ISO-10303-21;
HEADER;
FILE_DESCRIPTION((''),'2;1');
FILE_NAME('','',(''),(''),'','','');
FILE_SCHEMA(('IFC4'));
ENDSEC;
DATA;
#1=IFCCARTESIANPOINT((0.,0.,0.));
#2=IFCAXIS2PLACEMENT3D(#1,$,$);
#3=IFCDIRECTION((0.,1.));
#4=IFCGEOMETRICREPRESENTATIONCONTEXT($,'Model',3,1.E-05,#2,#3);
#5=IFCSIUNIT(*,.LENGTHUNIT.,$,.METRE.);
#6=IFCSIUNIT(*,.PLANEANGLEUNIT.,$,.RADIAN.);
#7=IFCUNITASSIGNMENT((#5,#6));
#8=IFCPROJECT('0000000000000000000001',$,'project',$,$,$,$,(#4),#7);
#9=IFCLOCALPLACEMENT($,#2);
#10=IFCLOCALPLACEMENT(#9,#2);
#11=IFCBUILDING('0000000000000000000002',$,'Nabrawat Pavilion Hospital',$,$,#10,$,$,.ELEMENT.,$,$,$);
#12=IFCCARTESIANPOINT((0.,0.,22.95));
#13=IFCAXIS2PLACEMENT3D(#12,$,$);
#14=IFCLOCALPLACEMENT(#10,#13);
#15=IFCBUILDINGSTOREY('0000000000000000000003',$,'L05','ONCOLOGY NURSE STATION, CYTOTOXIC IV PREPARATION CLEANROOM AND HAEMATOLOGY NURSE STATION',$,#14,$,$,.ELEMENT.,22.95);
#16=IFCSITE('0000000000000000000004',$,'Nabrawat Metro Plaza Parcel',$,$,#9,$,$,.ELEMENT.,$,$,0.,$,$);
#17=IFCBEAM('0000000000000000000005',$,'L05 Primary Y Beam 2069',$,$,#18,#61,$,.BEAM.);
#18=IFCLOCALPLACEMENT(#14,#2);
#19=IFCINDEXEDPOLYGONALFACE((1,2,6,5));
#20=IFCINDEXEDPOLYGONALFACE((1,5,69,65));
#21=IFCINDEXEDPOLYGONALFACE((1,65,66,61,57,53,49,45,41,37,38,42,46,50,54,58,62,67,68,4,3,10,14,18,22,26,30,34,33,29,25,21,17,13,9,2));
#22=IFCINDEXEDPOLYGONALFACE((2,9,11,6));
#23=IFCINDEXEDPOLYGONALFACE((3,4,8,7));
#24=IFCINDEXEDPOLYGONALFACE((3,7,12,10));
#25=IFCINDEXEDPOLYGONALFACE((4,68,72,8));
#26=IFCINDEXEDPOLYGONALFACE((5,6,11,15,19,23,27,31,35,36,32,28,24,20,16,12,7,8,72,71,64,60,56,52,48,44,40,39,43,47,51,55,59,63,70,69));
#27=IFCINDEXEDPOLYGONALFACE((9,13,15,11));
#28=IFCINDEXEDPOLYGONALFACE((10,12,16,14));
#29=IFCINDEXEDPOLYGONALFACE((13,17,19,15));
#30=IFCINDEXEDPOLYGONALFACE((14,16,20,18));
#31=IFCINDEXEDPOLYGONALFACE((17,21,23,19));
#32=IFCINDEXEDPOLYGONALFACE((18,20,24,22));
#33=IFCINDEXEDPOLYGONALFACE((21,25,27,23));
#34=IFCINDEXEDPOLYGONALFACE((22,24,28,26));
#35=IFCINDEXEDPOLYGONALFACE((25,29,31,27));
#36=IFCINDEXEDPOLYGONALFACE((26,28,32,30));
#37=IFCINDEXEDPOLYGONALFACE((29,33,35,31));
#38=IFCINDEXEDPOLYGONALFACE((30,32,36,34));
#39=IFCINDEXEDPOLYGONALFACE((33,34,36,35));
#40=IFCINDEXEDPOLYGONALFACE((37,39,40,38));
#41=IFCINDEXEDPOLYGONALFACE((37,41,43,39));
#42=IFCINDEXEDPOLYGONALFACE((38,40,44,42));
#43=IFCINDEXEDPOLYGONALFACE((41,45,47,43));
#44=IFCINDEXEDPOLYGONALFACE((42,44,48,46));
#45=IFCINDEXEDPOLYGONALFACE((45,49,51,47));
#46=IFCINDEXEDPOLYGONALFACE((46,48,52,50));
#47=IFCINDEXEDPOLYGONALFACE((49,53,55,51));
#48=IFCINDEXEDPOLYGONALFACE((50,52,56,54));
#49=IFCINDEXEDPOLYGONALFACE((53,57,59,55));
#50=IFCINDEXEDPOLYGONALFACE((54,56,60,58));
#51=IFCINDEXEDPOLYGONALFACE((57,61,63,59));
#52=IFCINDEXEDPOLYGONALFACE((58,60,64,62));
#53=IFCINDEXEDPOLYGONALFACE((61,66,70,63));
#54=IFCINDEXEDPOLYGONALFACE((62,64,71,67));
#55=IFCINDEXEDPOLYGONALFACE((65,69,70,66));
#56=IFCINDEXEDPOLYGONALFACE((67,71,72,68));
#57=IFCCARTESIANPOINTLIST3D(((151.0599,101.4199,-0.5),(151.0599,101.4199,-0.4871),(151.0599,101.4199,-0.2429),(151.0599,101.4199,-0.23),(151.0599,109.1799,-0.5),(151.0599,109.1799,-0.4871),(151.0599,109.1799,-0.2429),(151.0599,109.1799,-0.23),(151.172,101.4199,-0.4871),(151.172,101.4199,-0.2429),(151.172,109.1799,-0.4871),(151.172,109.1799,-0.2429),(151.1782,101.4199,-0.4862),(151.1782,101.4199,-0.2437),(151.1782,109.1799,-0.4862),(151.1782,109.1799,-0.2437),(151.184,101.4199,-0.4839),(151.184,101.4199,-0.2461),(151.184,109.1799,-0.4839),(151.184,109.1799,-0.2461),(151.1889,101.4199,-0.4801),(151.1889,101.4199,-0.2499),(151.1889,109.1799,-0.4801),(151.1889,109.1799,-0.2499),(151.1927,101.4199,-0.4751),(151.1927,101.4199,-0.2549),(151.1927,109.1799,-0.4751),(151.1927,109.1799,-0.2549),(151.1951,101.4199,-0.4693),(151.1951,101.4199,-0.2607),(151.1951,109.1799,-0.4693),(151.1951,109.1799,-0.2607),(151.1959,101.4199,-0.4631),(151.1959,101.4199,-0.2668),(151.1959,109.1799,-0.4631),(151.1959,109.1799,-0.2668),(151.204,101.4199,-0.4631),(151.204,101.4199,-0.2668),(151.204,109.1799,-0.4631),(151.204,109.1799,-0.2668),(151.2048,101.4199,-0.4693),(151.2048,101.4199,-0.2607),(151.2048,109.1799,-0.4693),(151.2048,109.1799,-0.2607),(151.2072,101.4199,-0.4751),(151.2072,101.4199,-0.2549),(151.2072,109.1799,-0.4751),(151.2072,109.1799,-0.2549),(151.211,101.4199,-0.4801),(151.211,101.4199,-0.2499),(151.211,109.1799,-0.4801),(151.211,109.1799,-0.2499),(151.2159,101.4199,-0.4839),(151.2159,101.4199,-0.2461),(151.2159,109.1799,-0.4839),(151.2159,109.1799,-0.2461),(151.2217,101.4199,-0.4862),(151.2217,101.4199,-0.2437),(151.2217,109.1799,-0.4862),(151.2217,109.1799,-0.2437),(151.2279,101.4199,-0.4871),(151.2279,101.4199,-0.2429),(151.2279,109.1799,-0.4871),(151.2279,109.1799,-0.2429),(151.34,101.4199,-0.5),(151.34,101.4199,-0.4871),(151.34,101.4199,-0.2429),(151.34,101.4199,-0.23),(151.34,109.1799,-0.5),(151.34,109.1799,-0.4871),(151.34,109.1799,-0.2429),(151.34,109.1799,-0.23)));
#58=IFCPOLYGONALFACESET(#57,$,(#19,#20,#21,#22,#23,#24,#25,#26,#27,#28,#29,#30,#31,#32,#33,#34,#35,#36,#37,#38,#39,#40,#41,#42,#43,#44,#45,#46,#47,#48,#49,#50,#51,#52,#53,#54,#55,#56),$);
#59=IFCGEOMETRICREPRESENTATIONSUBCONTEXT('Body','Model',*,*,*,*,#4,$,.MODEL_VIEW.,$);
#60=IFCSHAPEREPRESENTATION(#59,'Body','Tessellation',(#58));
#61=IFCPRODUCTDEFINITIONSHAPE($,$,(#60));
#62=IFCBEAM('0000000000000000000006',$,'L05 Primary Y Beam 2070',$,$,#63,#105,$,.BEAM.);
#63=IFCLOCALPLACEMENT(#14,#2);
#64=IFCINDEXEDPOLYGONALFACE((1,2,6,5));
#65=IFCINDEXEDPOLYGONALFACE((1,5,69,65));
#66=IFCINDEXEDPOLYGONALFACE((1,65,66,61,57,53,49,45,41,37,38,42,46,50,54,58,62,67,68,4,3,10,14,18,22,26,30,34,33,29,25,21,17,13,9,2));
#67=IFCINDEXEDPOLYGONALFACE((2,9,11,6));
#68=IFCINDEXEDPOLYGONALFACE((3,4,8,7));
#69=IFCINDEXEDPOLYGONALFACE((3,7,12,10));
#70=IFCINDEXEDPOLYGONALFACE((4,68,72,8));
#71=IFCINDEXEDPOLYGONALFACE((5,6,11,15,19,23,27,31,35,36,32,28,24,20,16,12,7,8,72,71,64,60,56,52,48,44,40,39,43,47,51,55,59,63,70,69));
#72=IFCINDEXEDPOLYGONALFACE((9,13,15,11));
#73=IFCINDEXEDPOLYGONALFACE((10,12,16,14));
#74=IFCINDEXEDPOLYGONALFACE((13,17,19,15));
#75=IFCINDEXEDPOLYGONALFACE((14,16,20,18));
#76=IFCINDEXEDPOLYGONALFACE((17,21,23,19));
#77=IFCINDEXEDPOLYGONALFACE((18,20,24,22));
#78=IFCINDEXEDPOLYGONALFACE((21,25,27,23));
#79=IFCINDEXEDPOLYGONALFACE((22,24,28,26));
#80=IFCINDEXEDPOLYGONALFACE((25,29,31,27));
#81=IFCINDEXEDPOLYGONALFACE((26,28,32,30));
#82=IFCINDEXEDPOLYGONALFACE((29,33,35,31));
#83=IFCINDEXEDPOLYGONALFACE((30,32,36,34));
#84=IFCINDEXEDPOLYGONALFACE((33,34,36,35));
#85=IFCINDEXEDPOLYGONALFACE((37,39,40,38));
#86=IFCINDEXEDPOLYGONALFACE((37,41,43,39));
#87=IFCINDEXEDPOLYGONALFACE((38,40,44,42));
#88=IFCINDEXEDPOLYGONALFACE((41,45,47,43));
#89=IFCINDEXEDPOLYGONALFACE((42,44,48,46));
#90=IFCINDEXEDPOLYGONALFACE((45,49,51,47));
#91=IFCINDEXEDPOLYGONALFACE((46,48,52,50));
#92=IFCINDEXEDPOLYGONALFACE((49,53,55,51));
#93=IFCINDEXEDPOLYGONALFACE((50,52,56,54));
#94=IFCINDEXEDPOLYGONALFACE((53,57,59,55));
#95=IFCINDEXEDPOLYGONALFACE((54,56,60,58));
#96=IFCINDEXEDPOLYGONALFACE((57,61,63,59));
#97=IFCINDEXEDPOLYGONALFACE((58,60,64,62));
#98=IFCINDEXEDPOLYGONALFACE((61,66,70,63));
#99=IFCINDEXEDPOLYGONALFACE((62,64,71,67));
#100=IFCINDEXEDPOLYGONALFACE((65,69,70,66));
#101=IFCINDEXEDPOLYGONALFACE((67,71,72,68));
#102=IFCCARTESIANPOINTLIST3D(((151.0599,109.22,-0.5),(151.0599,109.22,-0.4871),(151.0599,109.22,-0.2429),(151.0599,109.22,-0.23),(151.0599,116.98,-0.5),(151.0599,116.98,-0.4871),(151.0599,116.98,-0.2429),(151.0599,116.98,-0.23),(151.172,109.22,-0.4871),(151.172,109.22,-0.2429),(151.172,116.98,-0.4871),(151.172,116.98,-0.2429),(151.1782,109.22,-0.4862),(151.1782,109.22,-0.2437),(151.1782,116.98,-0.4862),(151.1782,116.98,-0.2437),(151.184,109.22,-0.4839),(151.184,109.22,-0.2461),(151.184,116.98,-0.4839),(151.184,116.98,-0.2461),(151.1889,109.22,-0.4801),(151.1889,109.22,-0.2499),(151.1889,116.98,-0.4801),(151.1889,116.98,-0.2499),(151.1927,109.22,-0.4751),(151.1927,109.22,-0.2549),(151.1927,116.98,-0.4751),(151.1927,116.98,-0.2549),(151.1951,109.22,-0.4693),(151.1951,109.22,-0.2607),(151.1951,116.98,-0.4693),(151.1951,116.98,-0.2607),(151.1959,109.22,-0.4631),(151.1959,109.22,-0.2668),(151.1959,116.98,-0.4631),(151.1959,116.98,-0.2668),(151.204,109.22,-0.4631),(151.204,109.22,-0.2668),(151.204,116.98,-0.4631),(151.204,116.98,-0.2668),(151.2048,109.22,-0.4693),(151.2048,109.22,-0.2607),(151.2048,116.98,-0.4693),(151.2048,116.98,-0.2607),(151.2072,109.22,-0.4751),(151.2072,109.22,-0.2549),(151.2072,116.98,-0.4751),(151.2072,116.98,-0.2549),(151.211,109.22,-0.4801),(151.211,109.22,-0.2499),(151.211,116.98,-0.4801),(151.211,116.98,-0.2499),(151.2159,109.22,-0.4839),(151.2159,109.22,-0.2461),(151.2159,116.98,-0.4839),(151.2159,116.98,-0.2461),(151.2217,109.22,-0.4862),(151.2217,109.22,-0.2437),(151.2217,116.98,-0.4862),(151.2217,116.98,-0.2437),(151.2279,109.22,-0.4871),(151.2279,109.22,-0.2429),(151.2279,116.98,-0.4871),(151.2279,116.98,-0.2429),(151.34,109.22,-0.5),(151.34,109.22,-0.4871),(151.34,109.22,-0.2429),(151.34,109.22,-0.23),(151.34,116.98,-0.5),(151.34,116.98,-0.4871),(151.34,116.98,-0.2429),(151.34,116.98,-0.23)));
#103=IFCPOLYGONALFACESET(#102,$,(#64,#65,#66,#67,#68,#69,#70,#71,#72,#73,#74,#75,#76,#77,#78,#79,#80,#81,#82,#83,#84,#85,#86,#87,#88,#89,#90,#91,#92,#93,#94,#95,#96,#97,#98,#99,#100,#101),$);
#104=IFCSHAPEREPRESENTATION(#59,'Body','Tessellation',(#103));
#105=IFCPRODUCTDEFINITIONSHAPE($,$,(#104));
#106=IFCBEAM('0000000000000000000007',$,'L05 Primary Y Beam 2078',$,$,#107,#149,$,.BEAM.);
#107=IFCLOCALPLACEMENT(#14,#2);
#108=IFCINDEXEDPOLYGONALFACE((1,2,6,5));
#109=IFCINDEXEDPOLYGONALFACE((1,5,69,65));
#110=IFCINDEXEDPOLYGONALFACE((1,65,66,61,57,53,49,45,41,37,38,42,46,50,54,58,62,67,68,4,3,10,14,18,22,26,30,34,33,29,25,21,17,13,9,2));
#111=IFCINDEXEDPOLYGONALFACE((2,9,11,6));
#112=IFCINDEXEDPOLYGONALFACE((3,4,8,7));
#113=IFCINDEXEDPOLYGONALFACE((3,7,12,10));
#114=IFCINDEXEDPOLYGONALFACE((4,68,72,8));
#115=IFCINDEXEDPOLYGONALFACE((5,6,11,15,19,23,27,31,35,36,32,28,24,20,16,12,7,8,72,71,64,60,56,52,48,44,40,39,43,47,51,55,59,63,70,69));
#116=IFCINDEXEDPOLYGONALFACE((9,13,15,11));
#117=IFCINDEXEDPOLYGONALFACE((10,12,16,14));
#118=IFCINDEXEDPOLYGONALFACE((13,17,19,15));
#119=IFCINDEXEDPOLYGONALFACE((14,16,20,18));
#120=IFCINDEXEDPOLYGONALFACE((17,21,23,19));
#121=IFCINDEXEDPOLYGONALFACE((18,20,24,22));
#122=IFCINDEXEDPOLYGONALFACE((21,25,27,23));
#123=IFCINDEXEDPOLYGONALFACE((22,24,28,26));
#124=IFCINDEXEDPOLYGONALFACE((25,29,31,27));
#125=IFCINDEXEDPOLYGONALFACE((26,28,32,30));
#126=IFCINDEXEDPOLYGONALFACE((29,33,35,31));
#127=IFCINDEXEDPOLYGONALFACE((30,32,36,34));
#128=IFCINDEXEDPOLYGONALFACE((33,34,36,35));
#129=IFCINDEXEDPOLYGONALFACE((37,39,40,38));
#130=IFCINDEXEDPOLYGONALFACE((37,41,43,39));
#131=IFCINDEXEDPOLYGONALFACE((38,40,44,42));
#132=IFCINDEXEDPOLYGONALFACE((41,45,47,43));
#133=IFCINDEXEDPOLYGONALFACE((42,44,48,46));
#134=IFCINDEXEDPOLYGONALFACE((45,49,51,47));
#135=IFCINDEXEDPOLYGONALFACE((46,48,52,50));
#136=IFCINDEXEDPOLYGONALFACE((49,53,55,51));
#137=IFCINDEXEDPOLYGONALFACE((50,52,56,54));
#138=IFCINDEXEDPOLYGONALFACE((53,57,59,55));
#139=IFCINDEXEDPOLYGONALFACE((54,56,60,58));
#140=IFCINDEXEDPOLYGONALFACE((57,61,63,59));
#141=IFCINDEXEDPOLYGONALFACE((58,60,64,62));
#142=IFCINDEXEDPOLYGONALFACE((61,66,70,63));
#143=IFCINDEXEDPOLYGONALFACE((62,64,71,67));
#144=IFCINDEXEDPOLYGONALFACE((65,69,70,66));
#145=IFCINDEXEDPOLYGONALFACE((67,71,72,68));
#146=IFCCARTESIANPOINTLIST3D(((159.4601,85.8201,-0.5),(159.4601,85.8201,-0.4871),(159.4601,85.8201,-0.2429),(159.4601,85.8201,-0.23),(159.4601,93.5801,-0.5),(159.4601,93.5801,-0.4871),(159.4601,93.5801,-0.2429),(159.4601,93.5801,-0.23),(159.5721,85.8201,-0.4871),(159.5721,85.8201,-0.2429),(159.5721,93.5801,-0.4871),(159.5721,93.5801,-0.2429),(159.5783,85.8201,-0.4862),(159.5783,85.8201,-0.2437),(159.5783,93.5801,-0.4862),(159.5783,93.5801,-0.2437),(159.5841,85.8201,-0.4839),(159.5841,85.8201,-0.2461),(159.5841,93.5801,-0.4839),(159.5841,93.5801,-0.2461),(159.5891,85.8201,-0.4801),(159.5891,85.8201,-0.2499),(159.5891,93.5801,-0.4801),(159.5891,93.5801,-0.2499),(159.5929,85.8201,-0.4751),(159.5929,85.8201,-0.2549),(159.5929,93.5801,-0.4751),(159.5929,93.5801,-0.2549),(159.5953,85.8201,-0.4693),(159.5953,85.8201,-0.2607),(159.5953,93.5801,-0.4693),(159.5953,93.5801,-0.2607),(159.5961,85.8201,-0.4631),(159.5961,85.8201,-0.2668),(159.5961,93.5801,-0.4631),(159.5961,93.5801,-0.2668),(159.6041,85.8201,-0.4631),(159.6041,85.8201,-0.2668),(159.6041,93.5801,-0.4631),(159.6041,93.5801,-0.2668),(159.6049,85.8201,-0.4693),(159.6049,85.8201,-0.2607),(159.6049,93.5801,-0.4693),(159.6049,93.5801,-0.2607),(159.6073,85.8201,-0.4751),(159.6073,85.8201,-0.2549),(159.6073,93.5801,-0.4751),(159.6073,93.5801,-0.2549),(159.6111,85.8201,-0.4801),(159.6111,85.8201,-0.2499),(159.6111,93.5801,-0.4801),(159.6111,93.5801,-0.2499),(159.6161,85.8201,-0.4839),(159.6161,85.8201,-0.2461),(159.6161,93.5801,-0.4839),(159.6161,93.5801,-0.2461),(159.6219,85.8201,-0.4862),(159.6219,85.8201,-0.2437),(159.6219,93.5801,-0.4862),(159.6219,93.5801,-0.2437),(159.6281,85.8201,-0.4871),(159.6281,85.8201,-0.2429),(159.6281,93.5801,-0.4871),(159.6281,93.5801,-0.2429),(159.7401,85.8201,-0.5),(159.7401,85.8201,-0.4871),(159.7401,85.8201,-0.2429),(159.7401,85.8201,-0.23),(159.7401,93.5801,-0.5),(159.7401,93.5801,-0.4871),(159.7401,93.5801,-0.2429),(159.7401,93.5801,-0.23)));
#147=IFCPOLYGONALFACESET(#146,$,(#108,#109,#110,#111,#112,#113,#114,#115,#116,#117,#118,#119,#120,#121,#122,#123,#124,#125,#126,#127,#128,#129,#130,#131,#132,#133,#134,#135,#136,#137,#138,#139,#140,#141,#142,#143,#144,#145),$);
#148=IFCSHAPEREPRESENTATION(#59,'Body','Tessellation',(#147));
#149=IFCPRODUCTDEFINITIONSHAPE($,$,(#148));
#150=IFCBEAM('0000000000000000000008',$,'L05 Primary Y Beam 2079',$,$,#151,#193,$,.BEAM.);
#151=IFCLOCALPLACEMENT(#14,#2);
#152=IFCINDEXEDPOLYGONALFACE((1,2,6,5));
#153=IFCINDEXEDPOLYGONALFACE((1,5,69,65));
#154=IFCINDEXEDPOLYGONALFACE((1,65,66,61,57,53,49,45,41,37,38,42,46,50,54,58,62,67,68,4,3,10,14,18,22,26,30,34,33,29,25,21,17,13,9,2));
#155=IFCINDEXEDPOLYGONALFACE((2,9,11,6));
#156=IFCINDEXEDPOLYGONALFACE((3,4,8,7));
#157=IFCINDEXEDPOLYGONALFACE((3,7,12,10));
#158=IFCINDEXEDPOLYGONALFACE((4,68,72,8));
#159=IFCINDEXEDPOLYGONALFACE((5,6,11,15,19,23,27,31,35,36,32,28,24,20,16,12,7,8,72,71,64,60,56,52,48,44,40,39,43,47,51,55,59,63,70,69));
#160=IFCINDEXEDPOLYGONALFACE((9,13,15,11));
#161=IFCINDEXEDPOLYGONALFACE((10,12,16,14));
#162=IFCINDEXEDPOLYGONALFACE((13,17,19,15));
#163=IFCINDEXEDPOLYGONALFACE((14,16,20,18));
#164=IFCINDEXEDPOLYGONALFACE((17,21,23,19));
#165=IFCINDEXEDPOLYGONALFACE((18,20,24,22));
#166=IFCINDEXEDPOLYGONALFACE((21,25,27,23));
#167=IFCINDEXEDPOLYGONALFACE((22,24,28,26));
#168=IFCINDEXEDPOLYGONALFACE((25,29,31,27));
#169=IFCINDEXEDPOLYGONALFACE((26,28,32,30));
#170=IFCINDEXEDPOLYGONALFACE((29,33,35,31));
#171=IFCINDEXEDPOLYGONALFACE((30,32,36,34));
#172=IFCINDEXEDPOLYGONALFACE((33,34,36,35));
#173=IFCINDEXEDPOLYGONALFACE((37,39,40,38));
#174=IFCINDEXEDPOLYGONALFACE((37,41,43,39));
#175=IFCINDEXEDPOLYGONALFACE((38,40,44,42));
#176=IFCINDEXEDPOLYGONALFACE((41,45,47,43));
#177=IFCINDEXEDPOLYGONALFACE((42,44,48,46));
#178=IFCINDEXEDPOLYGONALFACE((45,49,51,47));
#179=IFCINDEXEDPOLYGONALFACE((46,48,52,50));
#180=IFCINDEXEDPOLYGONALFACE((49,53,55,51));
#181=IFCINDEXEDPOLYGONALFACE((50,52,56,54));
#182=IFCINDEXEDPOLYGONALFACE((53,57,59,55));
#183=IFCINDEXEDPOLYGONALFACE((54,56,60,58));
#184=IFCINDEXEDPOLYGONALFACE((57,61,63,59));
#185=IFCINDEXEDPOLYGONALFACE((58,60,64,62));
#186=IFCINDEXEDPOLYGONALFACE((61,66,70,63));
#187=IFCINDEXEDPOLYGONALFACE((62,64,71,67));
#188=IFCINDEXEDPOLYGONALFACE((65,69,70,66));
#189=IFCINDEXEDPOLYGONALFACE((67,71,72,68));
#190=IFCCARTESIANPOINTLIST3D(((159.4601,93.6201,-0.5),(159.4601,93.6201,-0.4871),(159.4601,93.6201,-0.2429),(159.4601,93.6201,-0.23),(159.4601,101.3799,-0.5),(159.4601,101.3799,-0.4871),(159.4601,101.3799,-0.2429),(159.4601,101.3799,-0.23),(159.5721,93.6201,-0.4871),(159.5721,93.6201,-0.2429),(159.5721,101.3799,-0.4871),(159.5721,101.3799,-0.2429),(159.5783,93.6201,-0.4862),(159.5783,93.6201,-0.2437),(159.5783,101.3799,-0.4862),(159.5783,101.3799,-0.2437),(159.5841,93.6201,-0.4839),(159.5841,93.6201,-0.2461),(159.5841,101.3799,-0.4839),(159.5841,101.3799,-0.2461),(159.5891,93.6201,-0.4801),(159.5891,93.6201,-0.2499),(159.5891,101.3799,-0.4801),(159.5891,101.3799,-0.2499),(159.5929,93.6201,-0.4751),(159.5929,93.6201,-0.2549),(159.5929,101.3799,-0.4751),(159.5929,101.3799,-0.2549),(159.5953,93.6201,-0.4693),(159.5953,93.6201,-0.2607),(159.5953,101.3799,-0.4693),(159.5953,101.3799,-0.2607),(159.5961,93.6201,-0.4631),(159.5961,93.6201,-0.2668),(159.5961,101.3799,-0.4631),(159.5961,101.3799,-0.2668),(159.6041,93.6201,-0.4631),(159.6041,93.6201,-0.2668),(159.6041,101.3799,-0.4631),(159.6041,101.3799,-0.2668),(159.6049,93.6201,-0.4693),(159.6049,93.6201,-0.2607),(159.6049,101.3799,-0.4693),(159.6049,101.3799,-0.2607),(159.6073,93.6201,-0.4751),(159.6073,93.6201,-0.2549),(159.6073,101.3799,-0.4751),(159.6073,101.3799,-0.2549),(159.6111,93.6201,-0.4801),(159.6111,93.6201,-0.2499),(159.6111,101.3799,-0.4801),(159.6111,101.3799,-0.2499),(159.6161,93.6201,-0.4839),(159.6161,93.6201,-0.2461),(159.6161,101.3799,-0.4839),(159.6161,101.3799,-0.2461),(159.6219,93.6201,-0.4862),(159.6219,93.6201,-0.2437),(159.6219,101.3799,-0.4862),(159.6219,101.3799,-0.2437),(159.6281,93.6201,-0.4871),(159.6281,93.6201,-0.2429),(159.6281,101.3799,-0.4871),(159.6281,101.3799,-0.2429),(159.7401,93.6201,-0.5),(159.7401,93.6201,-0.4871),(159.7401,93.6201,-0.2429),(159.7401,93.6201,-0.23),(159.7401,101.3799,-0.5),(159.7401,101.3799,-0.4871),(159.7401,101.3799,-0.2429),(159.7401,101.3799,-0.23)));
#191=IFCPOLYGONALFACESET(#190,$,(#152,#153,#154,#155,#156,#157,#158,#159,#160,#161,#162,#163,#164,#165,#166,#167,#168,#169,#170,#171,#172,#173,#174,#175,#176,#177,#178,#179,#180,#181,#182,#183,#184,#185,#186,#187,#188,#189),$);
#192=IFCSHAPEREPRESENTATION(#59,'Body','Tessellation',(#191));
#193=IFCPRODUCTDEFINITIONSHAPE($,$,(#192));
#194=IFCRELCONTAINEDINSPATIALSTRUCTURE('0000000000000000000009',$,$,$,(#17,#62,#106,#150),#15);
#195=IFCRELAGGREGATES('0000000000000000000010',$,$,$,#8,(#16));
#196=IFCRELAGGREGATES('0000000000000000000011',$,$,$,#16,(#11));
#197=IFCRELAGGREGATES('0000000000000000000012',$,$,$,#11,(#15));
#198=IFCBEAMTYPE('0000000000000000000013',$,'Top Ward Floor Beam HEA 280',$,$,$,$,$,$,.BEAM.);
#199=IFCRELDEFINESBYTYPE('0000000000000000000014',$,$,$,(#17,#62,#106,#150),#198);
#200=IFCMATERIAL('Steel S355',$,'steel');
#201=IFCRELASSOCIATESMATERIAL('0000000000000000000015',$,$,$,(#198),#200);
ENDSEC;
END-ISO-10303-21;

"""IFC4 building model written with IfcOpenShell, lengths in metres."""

from ifc_helpers import new_model, si_unit, direction, frame, origin, origin_2d, place, context, subcontext, project, spatial, i_section, extrude, material, material_profile, profile_set, type_object, element, save


model = new_model("IFC4")

# Units and contexts
model_context = context("Model", 3, precision=1e-05, world=origin(), true_north=direction((0.0, 1.0)))
body_context = subcontext(model_context, "Body", "Model", "MODEL_VIEW")
ifc_project = project(units=[si_unit("LENGTHUNIT", "METRE"), si_unit("PLANEANGLEUNIT", "RADIAN")], contexts=[model_context])

# Site, building, storey
site_placement = place(None, origin())
site = spatial("IfcSite", under=ifc_project, at=site_placement, Name="Nabrawat Metro Plaza Parcel", CompositionType="ELEMENT", RefElevation=0.0)
building_placement = place(site_placement, origin())
building = spatial("IfcBuilding", under=site, at=building_placement, Name="Nabrawat Pavilion Hospital", CompositionType="ELEMENT")
storey_placement = place(building_placement, frame((0.0, 0.0, 22.95)))
storey = spatial("IfcBuildingStorey", under=building, at=storey_placement, Name="L05", Description="ONCOLOGY NURSE STATION, CYTOTOXIC IV PREPARATION CLEANROOM AND HAEMATOLOGY NURSE STATION", CompositionType="ELEMENT", Elevation=22.95)

# Shared definitions
ifc_material_1 = material(Name="Steel S355", Category="steel")

# Beams
ifc_material_profile_1 = material_profile(ifc_material_1, i_section(OverallWidth=0.28, OverallDepth=0.27, WebThickness=0.0081, FlangeThickness=0.0129, FilletRadius=0.0239, at=origin_2d()), Name="HEA 280")
ifc_profile_set_1 = profile_set([ifc_material_profile_1], Name="Steel S355")
beam_type_1 = type_object("IfcBeamType", Name="Top Ward Floor Beam HEA 280", PredefinedType="BEAM", material=ifc_profile_set_1)
for number, where, z_axis, x_axis, name in (
    (1, (151.2, 101.4199, -0.365), (0.0, 1.0, 0.0), (-1.0, 0.0, 0.0), "L05 Primary Y Beam 2069"),
    (2, (151.2, 109.22, -0.365), (0.0, 1.0, 0.0), (-1.0, 0.0, 0.0), "L05 Primary Y Beam 2070"),
    (3, (159.6001, 85.8201, -0.365), (0.0, 1.0, 0.0), (-1.0, 0.0, 0.0), "L05 Primary Y Beam 2078"),
):
    element("IfcBeam", number, at=place(storey_placement, frame(where, z_axis=z_axis, x_axis=x_axis)), inside=storey, type_object=beam_type_1, Name=name, PredefinedType="BEAM", context=body_context, shape_type="SweptSolid", body=[
        extrude(i_section(OverallWidth=0.28, OverallDepth=0.27, WebThickness=0.0081, FlangeThickness=0.0129, FilletRadius=0.0239, at=origin_2d()), origin(), (0.0, 0.0, 1.0), 7.76),
    ])
beam_1_placement = place(storey_placement, frame((159.6001, 93.6201, -0.365), z_axis=(0.0, 1.0, 0.0), x_axis=(-1.0, 0.0, 0.0)))
element("IfcBeam", 4, at=beam_1_placement, inside=storey, type_object=beam_type_1, Name="L05 Primary Y Beam 2079", PredefinedType="BEAM", context=body_context, shape_type="SweptSolid", body=[
    extrude(i_section(OverallWidth=0.28, OverallDepth=0.27, WebThickness=0.0081, FlangeThickness=0.0129, FilletRadius=0.0239, at=origin_2d()), origin(), (0.0, 0.0, 1.0), 7.7598),
])

save(model, "model.ifc")
